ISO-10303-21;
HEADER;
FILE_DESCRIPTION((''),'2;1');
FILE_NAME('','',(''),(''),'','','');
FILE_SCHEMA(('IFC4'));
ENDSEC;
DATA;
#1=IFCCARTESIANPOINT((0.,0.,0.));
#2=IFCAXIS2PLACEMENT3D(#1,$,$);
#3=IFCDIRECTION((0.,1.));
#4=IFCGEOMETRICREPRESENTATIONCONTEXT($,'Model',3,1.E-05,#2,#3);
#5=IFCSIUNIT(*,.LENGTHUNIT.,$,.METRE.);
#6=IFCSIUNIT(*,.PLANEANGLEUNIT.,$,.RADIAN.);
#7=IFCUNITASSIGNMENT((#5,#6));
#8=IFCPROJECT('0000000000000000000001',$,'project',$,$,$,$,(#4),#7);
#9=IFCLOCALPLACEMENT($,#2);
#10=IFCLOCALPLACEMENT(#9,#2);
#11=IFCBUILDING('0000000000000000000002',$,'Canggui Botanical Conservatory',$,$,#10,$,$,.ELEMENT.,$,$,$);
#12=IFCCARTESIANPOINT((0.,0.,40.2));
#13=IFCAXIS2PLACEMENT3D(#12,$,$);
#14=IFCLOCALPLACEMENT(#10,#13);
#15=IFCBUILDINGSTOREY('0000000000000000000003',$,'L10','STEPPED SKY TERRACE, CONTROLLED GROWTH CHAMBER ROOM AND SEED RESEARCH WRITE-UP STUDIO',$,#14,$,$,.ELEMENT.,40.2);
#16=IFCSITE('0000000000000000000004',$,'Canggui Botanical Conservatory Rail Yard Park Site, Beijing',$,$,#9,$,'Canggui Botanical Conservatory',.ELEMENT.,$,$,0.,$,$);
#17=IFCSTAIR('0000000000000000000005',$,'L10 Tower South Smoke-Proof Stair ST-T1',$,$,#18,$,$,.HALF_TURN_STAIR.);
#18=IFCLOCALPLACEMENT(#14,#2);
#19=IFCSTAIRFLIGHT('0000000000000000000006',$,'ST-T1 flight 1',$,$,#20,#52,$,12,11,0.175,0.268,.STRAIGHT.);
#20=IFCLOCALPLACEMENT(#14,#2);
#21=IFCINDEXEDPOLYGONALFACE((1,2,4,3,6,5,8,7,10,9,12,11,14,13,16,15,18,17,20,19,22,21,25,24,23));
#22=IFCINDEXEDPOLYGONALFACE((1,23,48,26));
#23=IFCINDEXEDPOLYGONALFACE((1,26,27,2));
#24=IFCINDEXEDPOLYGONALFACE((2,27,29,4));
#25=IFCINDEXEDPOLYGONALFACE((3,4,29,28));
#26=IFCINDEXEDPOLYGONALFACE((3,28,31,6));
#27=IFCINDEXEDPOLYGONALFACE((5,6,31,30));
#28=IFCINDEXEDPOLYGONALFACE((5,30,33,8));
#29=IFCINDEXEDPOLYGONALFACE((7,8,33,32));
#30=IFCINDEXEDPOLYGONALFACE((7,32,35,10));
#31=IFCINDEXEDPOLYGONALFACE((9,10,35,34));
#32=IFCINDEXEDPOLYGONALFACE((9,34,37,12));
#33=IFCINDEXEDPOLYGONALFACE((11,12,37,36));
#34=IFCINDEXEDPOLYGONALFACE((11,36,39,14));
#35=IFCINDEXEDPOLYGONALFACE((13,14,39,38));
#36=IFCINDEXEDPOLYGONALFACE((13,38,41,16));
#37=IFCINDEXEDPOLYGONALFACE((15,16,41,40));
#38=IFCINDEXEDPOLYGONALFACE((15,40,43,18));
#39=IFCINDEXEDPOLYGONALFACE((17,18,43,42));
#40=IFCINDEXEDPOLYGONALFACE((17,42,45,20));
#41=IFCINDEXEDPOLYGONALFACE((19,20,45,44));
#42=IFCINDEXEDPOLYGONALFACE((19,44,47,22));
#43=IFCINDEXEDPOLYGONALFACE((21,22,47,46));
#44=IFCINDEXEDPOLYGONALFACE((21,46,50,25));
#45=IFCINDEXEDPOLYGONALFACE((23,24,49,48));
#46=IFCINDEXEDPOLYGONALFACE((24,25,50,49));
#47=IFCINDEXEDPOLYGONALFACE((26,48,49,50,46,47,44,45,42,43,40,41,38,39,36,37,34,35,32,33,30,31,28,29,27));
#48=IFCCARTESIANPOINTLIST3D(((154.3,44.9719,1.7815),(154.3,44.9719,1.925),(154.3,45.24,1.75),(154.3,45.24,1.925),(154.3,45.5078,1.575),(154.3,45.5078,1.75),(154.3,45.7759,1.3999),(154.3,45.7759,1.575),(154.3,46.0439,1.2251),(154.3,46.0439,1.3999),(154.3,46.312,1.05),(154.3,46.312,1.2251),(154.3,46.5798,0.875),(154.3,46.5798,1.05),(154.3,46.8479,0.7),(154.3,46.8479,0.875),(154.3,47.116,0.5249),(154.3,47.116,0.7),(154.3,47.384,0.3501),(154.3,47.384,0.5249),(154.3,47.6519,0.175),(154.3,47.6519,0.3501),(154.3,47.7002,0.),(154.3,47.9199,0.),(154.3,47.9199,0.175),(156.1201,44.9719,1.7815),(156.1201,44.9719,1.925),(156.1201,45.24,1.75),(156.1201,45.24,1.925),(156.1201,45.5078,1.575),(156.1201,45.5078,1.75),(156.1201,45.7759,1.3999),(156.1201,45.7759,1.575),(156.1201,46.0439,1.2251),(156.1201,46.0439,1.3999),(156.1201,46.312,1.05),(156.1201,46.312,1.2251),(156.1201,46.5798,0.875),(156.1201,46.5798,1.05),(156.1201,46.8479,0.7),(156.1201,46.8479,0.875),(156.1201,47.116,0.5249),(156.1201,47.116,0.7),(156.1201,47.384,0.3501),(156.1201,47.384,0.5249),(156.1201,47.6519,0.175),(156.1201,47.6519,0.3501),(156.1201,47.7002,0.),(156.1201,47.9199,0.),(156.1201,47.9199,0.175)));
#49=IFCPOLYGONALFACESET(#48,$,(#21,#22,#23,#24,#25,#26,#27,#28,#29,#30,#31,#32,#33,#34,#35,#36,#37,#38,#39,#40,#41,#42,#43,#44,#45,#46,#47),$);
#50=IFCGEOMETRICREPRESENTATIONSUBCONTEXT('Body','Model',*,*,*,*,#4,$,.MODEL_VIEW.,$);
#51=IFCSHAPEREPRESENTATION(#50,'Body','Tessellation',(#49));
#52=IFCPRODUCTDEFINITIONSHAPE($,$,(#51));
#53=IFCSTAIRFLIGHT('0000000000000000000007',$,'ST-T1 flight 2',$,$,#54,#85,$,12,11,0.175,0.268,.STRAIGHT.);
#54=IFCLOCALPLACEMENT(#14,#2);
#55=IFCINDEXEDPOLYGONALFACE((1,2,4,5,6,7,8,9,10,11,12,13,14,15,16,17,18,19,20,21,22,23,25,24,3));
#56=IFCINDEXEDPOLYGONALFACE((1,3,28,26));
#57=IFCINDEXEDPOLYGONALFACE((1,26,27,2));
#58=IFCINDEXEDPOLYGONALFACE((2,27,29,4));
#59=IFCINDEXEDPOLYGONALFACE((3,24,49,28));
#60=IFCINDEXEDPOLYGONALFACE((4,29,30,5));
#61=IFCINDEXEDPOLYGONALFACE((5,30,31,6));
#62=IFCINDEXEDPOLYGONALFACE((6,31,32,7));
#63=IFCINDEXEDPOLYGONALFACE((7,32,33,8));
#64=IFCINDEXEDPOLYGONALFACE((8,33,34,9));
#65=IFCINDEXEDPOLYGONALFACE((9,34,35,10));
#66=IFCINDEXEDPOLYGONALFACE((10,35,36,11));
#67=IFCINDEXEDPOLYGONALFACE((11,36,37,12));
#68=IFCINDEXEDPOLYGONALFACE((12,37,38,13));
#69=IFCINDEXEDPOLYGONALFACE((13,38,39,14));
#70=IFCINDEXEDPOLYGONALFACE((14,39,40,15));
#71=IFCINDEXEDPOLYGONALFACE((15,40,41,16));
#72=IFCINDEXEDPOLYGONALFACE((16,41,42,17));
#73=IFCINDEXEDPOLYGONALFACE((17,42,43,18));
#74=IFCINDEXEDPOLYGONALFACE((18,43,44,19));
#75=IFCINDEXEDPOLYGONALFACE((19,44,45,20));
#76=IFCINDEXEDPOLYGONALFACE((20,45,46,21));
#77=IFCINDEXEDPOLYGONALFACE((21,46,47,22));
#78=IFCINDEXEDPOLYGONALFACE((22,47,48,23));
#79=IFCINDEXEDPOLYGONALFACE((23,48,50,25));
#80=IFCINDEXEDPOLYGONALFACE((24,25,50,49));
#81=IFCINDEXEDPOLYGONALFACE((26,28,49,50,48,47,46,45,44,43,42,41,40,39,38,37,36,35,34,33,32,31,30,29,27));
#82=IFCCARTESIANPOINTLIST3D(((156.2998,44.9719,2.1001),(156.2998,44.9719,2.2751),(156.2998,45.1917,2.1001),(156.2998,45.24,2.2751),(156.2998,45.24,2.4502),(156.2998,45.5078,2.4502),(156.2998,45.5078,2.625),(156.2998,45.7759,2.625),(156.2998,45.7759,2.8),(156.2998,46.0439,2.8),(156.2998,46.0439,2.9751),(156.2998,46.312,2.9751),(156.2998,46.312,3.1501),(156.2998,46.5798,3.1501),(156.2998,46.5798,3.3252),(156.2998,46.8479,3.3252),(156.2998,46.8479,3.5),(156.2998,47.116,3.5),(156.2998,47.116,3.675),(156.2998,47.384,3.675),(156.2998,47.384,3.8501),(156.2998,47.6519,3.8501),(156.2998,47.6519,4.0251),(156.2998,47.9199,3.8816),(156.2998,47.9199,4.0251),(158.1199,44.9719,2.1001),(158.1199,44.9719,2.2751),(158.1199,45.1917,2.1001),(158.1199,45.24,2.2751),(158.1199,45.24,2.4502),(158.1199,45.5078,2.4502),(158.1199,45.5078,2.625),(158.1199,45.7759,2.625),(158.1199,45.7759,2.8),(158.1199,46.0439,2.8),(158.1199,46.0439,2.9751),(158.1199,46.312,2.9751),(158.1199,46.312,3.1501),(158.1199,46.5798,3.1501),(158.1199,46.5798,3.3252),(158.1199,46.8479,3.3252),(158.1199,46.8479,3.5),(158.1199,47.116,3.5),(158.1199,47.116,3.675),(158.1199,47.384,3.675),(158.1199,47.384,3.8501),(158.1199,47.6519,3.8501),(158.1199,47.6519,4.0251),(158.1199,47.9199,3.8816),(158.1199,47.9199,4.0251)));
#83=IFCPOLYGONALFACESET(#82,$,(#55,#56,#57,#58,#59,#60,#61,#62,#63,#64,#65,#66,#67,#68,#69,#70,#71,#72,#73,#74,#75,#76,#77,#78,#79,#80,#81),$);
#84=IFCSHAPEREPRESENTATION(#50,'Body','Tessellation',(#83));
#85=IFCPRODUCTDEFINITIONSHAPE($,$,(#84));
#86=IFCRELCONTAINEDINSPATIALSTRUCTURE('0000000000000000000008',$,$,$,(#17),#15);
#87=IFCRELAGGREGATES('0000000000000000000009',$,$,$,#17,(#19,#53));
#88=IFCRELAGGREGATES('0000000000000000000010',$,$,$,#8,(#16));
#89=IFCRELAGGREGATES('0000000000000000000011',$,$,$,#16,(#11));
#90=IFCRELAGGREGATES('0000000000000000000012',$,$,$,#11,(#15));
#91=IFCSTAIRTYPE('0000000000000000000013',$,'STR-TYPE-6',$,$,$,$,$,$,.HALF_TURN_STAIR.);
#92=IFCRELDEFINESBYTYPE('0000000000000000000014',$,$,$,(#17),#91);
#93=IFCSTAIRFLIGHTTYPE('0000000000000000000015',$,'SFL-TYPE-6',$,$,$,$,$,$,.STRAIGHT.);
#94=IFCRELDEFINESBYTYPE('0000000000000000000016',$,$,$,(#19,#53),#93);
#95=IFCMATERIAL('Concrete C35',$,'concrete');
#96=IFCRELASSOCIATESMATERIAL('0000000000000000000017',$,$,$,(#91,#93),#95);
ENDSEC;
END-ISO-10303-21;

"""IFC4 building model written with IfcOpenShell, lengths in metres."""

from ifc_helpers import new_model, si_unit, direction, frame, origin, place, context, subcontext, project, spatial, polyline, outline, extrude, material, type_object, element, aggregate, save


model = new_model("IFC4")

# Units and contexts
model_context = context("Model", 3, precision=1e-05, world=origin(), true_north=direction((0.0, 1.0)))
body_context = subcontext(model_context, "Body", "Model", "MODEL_VIEW")
ifc_project = project(units=[si_unit("LENGTHUNIT", "METRE"), si_unit("PLANEANGLEUNIT", "RADIAN")], contexts=[model_context])

# Site, building, storey
site_placement = place(None, origin())
site = spatial("IfcSite", under=ifc_project, at=site_placement, Name="Canggui Botanical Conservatory Rail Yard Park Site, Beijing", LongName="Canggui Botanical Conservatory", CompositionType="ELEMENT", RefElevation=0.0)
building_placement = place(site_placement, origin())
building = spatial("IfcBuilding", under=site, at=building_placement, Name="Canggui Botanical Conservatory", CompositionType="ELEMENT")
storey_placement = place(building_placement, frame((0.0, 0.0, 40.2)))
storey = spatial("IfcBuildingStorey", under=building, at=storey_placement, Name="L10", Description="STEPPED SKY TERRACE, CONTROLLED GROWTH CHAMBER ROOM AND SEED RESEARCH WRITE-UP STUDIO", CompositionType="ELEMENT", Elevation=40.2)

# Shared definitions
ifc_material_1 = material(Name="Concrete C35", Category="concrete")

# Stair, stair flights
stair_type = type_object("IfcStairType", Name="STR-TYPE-6", PredefinedType="HALF_TURN_STAIR", material=ifc_material_1)
stair_placement = place(storey_placement, origin())
stair = element("IfcStair", 1, at=stair_placement, inside=storey, type_object=stair_type, Name="L10 Tower South Smoke-Proof Stair ST-T1", PredefinedType="HALF_TURN_STAIR")
stair_flight_type = type_object("IfcStairFlightType", Name="SFL-TYPE-6", PredefinedType="STRAIGHT", material=ifc_material_1)
stair_flight_1_placement = place(storey_placement, frame((155.21, 47.9199, 0.0), z_axis=(0.0, 0.0, 1.0), x_axis=(0.0, -1.0, 0.0)))
stair_flight_1 = element("IfcStairFlight", 2, at=stair_flight_1_placement, type_object=stair_flight_type, Name="ST-T1 flight 1", NumberOfRisers=12, NumberOfTreads=11, PredefinedType="STRAIGHT", RiserHeight=0.175, TreadLength=0.268, context=body_context, shape_type="SweptSolid", body=[
    extrude(outline(polyline([(0.0, 0.0), (0.0, 0.175), (0.2681, 0.175), (0.2681, 0.3501), (0.5359, 0.3501), (0.5359, 0.5249), (0.804, 0.5249), (0.804, 0.7), (1.072, 0.7), (1.072, 0.875), (1.3401, 0.875), (1.3401, 1.05), (1.6079, 1.05), (1.6079, 1.2251), (1.876, 1.2251), (1.876, 1.3999), (2.144, 1.3999), (2.144, 1.575), (2.4121, 1.575), (2.4121, 1.75), (2.6799, 1.75), (2.6799, 1.925), (2.948, 1.925), (2.948, 2.1001), (2.948, 1.7815), (0.2197, 0.0), (0.0, 0.0)])), frame((0.0, 0.9102, 0.0), z_axis=(0.0, -1.0, 0.0), x_axis=(1.0, 0.0, 0.0)), (0.0, 0.0, 1.0), 1.8201),
])
stair_flight_2_placement = place(storey_placement, frame((157.21, 44.9719, 2.1001), z_axis=(0.0, 0.0, 1.0), x_axis=(0.0, 1.0, 0.0)))
stair_flight_2 = element("IfcStairFlight", 3, at=stair_flight_2_placement, type_object=stair_flight_type, Name="ST-T1 flight 2", NumberOfRisers=12, NumberOfTreads=11, PredefinedType="STRAIGHT", RiserHeight=0.175, TreadLength=0.268, context=body_context, shape_type="SweptSolid", body=[
    extrude(outline(polyline([(0.0, 0.0), (0.0, 0.175), (0.2681, 0.175), (0.2681, 0.3501), (0.5359, 0.3501), (0.5359, 0.5249), (0.804, 0.5249), (0.804, 0.7), (1.072, 0.7), (1.072, 0.875), (1.3401, 0.875), (1.3401, 1.05), (1.6079, 1.05), (1.6079, 1.2251), (1.876, 1.2251), (1.876, 1.3999), (2.144, 1.3999), (2.144, 1.575), (2.4121, 1.575), (2.4121, 1.75), (2.6799, 1.75), (2.6799, 1.925), (2.948, 1.925), (2.948, 2.1001), (2.948, 1.7815), (0.2197, 0.0), (0.0, 0.0)])), frame((0.0, 0.9102, 0.0), z_axis=(0.0, -1.0, 0.0), x_axis=(1.0, 0.0, 0.0)), (0.0, 0.0, 1.0), 1.8201),
])
aggregate(stair, [stair_flight_1, stair_flight_2])

save(model, "model.ifc")
